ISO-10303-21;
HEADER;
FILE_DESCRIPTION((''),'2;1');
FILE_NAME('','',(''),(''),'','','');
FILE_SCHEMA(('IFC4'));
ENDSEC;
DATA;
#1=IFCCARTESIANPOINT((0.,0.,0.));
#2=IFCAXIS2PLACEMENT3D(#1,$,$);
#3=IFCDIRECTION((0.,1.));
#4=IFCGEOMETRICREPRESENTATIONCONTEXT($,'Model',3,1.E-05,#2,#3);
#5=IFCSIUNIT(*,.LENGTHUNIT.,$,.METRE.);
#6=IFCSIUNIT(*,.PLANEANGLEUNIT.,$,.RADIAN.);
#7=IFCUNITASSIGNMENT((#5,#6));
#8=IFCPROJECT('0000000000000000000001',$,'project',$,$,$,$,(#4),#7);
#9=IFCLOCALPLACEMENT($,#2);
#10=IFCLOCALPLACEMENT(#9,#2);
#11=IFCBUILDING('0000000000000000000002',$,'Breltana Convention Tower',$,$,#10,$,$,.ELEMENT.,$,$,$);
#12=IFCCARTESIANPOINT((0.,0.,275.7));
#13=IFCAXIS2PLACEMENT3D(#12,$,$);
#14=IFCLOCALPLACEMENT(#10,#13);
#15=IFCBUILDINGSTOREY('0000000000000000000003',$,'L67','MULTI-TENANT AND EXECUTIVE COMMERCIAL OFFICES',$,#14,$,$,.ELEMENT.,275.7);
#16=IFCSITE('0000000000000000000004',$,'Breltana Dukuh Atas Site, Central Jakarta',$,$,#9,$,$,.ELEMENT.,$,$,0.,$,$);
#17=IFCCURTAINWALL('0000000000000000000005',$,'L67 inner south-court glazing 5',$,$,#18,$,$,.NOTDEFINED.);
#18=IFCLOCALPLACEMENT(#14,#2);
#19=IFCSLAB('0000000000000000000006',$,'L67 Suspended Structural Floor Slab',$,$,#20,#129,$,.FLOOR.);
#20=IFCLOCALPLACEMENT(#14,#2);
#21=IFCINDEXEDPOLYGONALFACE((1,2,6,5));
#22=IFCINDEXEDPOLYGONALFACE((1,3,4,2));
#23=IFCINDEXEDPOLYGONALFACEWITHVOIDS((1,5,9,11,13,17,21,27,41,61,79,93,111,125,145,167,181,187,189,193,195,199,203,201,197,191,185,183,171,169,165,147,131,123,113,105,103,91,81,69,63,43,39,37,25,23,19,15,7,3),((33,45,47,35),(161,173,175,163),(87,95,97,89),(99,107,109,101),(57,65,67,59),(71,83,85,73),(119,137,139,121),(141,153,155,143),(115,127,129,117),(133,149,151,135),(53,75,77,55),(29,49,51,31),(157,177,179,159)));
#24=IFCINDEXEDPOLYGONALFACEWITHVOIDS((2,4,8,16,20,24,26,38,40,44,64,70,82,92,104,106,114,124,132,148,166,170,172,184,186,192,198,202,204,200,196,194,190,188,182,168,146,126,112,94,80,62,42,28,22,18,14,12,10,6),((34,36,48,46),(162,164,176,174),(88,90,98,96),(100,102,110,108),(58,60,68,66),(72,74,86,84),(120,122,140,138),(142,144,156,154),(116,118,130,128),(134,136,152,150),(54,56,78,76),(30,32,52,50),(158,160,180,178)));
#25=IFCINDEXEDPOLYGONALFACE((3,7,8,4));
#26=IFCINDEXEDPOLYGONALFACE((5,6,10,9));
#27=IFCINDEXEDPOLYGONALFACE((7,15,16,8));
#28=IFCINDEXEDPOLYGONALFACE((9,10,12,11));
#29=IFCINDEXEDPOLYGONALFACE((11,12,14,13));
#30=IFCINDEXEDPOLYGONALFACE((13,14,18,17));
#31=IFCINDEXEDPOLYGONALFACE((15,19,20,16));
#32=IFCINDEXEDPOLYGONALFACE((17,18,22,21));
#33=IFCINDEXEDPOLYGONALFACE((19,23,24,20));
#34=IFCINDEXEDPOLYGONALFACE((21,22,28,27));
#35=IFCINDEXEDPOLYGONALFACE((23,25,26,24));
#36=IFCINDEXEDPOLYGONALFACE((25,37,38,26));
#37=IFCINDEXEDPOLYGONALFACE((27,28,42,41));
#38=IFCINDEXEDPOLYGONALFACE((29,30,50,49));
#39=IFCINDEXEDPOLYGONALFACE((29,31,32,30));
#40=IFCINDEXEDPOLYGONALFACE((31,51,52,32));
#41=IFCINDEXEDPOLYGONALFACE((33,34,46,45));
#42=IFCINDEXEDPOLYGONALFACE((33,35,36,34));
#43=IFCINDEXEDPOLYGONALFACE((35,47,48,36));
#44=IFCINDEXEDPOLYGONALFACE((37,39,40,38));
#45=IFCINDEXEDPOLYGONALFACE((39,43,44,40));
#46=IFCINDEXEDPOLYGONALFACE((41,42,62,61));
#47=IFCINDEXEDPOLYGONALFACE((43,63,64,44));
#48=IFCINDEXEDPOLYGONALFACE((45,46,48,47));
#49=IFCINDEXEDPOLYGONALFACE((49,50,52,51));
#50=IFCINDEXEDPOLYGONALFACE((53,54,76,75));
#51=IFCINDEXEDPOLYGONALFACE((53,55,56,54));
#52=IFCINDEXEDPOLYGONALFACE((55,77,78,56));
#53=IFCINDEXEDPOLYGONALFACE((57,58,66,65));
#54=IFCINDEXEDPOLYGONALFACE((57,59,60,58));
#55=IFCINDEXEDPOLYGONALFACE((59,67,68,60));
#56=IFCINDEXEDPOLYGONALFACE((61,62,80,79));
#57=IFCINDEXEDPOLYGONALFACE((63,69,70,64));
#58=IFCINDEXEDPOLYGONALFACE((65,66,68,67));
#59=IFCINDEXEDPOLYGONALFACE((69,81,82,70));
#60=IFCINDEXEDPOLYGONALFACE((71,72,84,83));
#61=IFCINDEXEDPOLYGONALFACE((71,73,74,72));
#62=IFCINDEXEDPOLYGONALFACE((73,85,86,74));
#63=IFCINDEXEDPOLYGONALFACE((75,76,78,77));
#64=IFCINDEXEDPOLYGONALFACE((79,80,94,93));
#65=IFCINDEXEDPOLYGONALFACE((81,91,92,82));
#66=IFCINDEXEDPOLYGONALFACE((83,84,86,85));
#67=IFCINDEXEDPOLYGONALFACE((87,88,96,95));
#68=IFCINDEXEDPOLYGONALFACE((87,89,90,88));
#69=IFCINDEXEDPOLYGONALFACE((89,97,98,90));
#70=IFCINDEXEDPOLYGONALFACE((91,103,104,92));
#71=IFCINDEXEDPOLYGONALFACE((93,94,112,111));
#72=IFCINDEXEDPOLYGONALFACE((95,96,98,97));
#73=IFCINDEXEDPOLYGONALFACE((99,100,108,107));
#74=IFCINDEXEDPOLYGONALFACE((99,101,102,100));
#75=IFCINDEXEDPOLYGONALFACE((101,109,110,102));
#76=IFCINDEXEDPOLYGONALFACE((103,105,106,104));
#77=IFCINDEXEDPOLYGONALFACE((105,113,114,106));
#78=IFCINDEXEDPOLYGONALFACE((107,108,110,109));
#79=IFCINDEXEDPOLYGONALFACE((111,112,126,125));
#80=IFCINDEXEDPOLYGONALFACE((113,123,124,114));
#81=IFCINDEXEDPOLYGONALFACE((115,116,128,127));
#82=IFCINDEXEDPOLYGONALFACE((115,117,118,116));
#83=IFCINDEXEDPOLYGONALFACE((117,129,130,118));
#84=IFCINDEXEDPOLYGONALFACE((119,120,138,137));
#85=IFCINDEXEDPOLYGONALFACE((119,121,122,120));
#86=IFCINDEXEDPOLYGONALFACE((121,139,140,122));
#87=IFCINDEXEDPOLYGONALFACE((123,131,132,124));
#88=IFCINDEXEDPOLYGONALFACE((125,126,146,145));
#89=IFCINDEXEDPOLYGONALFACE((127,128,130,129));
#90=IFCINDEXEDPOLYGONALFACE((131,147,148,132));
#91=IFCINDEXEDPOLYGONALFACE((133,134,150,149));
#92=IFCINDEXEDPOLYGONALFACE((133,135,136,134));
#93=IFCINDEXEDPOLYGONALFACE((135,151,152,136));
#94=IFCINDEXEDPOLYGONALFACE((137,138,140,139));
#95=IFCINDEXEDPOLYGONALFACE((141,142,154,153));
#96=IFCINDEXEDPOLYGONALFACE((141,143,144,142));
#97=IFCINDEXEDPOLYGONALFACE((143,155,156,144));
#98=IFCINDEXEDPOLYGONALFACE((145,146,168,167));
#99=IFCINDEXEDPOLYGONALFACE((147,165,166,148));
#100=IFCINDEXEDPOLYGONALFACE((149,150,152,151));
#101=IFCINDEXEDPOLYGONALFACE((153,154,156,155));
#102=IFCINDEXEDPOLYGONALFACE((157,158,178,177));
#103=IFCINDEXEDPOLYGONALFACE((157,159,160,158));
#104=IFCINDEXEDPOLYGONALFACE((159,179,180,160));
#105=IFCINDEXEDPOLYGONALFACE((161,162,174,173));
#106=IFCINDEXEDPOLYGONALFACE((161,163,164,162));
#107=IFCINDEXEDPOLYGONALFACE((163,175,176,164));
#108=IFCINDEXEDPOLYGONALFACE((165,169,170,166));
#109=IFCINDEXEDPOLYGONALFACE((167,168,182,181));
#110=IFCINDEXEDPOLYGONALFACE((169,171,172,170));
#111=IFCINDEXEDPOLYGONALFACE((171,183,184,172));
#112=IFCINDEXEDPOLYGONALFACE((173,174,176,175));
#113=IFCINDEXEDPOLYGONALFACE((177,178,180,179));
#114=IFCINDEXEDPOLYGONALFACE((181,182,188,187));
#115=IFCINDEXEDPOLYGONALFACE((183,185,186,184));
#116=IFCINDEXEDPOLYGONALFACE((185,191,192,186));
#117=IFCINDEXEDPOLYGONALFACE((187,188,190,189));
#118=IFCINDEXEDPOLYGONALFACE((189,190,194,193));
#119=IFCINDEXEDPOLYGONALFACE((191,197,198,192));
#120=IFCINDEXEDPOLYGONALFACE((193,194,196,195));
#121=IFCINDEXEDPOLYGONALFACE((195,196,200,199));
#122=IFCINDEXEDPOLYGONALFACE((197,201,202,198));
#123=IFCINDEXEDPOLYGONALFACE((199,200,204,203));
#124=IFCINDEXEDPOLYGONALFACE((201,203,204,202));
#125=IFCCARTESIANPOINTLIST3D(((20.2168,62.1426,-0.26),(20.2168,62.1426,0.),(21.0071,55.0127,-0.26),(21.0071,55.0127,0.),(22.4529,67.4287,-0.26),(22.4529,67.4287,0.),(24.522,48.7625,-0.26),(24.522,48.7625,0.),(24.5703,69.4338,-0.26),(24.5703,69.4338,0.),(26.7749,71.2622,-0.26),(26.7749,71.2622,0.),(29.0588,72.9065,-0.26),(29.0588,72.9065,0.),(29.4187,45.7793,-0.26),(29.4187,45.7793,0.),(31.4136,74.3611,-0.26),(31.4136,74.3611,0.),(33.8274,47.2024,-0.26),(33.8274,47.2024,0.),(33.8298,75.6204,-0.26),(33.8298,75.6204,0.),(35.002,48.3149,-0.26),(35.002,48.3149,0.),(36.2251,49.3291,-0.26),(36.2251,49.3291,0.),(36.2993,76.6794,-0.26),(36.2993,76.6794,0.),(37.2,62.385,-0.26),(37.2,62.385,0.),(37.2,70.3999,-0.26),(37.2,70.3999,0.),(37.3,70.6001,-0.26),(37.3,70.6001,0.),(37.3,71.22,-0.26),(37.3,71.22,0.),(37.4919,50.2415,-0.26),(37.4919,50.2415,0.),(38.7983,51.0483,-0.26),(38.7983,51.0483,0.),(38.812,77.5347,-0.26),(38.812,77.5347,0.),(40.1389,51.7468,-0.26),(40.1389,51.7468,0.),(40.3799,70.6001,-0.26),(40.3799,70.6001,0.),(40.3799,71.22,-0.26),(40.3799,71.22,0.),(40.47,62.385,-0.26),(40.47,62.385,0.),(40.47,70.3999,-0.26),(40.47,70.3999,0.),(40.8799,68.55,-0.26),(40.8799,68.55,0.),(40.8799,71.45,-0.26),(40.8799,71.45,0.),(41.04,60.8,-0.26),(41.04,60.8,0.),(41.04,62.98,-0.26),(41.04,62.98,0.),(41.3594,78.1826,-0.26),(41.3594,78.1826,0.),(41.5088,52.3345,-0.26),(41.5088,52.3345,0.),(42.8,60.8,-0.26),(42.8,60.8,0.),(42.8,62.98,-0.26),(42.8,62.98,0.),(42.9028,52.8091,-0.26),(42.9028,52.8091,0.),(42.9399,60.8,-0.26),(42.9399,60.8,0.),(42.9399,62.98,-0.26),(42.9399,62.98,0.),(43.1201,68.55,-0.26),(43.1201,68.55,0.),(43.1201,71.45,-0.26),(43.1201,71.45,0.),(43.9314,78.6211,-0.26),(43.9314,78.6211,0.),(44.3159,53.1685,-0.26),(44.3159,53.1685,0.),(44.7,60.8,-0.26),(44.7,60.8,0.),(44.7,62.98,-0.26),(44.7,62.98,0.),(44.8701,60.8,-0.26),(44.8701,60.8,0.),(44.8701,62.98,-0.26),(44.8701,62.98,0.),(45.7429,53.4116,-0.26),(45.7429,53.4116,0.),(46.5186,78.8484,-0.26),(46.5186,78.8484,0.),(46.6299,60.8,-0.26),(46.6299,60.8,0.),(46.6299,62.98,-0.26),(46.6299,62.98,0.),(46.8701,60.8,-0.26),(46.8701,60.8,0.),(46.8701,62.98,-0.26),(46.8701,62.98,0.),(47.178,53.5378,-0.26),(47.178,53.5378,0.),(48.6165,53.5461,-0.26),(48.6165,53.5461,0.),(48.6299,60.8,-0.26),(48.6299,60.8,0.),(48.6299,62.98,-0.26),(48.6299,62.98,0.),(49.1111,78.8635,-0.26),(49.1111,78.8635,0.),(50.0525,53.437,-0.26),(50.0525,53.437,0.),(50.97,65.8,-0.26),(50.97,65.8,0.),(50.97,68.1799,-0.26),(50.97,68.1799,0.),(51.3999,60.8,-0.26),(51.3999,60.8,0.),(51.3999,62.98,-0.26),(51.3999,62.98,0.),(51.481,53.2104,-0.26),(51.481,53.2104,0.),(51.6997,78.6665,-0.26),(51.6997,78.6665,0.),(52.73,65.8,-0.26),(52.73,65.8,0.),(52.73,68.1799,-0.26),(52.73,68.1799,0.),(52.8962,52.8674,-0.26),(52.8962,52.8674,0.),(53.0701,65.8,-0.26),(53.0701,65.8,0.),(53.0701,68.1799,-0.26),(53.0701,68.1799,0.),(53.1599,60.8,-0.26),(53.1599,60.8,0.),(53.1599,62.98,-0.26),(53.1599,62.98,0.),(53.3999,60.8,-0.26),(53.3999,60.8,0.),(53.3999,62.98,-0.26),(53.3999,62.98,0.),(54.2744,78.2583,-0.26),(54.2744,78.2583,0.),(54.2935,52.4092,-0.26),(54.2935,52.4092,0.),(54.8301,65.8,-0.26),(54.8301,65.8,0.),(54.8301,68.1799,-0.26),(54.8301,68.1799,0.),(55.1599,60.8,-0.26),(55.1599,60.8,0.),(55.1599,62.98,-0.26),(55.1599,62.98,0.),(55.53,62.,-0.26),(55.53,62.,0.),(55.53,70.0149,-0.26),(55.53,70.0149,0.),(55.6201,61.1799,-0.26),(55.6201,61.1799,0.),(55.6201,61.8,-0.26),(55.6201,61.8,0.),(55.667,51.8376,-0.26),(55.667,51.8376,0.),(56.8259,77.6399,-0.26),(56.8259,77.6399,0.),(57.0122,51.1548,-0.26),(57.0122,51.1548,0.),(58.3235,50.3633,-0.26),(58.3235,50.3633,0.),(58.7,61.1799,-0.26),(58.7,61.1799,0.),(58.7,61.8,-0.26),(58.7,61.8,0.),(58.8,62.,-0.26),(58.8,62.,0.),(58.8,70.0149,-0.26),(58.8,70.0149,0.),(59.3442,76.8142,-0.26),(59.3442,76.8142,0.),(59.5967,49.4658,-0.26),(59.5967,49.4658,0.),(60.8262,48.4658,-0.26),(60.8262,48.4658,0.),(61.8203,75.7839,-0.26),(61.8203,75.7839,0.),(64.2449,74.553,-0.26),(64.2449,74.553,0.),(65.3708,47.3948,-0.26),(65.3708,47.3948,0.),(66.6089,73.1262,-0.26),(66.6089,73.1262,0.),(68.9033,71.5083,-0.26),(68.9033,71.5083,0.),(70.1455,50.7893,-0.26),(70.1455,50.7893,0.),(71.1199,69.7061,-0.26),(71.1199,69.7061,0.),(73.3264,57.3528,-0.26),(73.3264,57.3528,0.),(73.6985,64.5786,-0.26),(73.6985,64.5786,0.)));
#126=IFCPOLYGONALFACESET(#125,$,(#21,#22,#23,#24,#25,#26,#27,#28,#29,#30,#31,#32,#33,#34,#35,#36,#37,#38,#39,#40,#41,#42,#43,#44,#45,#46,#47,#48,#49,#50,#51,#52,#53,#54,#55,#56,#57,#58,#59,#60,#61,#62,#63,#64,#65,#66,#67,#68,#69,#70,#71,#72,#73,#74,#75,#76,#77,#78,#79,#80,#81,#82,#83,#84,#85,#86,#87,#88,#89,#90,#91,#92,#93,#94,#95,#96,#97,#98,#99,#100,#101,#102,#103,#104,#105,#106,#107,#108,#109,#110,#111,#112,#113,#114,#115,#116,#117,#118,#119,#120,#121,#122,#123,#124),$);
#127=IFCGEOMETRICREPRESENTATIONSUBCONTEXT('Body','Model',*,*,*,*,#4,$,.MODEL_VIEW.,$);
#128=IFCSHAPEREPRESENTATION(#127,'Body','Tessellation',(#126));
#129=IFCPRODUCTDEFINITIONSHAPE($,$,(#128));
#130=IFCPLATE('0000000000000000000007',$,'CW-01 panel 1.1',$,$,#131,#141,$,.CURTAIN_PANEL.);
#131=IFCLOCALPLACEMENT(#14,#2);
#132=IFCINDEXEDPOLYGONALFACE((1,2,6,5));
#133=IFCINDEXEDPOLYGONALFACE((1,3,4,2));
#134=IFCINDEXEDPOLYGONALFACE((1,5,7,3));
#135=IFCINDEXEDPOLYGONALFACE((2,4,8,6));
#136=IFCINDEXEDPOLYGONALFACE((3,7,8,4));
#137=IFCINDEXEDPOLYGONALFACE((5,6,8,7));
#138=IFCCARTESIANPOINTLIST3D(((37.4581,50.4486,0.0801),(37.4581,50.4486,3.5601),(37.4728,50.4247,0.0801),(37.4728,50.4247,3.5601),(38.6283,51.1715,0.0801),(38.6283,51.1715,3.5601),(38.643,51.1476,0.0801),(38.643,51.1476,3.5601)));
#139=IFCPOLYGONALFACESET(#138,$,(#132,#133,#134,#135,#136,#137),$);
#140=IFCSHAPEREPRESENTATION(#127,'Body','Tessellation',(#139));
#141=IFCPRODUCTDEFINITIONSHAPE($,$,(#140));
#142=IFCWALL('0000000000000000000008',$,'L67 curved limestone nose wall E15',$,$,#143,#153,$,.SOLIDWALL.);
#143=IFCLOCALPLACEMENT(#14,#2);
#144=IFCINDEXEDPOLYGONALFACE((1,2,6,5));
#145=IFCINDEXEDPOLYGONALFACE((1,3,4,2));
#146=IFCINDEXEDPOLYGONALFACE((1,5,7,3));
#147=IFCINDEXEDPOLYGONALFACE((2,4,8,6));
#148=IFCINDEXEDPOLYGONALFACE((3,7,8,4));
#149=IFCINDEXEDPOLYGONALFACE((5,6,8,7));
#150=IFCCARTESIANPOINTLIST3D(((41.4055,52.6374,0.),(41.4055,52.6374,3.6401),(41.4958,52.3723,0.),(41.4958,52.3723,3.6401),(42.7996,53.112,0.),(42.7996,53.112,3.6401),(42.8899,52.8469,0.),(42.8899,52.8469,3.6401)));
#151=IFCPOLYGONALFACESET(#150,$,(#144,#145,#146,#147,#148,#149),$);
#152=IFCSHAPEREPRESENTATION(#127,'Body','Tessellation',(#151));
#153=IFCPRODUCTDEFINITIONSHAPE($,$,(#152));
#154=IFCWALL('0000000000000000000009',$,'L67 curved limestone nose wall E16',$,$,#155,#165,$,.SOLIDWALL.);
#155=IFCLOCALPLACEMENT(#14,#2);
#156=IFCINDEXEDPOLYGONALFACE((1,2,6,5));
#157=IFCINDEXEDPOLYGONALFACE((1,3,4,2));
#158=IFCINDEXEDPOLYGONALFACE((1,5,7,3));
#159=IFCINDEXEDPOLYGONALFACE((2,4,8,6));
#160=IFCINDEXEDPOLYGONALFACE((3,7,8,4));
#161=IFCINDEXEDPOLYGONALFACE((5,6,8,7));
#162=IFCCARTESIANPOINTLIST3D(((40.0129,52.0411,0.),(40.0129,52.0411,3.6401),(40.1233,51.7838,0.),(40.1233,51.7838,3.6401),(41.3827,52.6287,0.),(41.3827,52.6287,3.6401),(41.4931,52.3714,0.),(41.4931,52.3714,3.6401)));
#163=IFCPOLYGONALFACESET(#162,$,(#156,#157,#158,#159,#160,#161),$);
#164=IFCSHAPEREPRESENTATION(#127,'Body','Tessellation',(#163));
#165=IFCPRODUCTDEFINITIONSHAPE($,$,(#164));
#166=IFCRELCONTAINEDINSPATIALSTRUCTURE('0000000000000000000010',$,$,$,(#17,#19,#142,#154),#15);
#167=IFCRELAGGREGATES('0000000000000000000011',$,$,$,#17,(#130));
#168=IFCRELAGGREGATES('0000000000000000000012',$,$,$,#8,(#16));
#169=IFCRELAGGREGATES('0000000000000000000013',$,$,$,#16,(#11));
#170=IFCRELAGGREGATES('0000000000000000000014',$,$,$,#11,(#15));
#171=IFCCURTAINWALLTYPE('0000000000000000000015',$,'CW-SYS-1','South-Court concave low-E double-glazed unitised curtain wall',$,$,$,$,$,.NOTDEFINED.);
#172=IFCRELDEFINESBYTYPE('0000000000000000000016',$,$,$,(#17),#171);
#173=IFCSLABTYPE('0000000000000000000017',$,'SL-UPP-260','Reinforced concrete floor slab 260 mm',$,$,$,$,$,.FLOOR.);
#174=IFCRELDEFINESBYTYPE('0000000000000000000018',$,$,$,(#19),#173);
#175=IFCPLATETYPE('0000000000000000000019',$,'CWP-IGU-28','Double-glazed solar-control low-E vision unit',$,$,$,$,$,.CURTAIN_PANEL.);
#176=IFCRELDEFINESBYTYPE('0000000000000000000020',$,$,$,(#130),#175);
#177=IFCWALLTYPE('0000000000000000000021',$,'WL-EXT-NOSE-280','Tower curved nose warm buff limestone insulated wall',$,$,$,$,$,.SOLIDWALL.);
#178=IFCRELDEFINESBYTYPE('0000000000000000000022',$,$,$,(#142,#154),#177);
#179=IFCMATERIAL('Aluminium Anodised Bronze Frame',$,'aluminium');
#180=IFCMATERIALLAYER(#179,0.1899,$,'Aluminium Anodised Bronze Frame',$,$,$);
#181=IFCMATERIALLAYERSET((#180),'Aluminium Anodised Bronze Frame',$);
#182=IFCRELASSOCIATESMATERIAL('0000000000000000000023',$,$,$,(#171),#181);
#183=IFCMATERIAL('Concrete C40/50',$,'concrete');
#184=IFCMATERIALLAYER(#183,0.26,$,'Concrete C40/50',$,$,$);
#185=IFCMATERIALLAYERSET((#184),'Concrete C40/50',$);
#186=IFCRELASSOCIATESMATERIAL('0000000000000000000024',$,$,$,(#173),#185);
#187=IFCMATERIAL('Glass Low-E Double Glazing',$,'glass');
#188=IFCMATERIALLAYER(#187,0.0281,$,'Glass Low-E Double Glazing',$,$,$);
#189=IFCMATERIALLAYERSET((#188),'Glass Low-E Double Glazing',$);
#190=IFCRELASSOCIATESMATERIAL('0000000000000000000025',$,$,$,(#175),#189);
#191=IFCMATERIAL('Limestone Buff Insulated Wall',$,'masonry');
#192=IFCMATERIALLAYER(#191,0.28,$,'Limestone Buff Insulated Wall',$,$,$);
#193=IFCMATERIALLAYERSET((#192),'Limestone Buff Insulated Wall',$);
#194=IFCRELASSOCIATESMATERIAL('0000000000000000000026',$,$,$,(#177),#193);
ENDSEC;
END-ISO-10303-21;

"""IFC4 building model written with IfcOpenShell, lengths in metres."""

from ifc_helpers import new_model, si_unit, direction, frame, frame_2d, origin, origin_2d, place, context, subcontext, project, spatial, polyline, rectangle, outline, extrude, source, transform, mapped, material, layer, layer_set, type_object, element, aggregate, save


model = new_model("IFC4")

# Units and contexts
model_context = context("Model", 3, precision=1e-05, world=origin(), true_north=direction((0.0, 1.0)))
body_context = subcontext(model_context, "Body", "Model", "MODEL_VIEW")
ifc_project = project(units=[si_unit("LENGTHUNIT", "METRE"), si_unit("PLANEANGLEUNIT", "RADIAN")], contexts=[model_context])

# Site, building, storey
site_placement = place(None, origin())
site = spatial("IfcSite", under=ifc_project, at=site_placement, Name="Breltana Dukuh Atas Site, Central Jakarta", CompositionType="ELEMENT", RefElevation=0.0)
building_placement = place(site_placement, origin())
building = spatial("IfcBuilding", under=site, at=building_placement, Name="Breltana Convention Tower", CompositionType="ELEMENT")
storey_placement = place(building_placement, frame((0.0, 0.0, 275.7)))
storey = spatial("IfcBuildingStorey", under=building, at=storey_placement, Name="L67", Description="MULTI-TENANT AND EXECUTIVE COMMERCIAL OFFICES", CompositionType="ELEMENT", Elevation=275.7)

# Curtain wall
ifc_material_1 = material(Name="Aluminium Anodised Bronze Frame", Category="aluminium")
ifc_layer_1 = layer(ifc_material_1, 0.1899, Name="Aluminium Anodised Bronze Frame")
ifc_layer_set_1 = layer_set([ifc_layer_1], Name="Aluminium Anodised Bronze Frame")
curtain_wall_type = type_object("IfcCurtainWallType", Name="CW-SYS-1", Description="South-Court concave low-E double-glazed unitised curtain wall", PredefinedType="NOTDEFINED", material=ifc_layer_set_1)
curtain_wall_placement = place(storey_placement, origin())
curtain_wall = element("IfcCurtainWall", 1, at=curtain_wall_placement, inside=storey, type_object=curtain_wall_type, Name="L67 inner south-court glazing 5", PredefinedType="NOTDEFINED")

# Shared definitions
ifc_material_2 = material(Name="Concrete C40/50", Category="concrete")

# Slab
ifc_layer_2 = layer(ifc_material_2, 0.26, Name="Concrete C40/50")
ifc_layer_set_2 = layer_set([ifc_layer_2], Name="Concrete C40/50")
slab_type_1 = type_object("IfcSlabType", Name="SL-UPP-260", Description="Reinforced concrete floor slab 260 mm", PredefinedType="FLOOR", material=ifc_layer_set_2)
slab_1_placement = place(storey_placement, frame((0.0, 0.0, -0.26)))
element("IfcSlab", 2, at=slab_1_placement, inside=storey, type_object=slab_type_1, Name="L67 Suspended Structural Floor Slab", PredefinedType="FLOOR", context=body_context, shape_type="SweptSolid", body=[
    extrude(outline(polyline([(71.1199, 69.7061), (68.9033, 71.5083), (66.6089, 73.1262), (64.2449, 74.553), (61.8203, 75.7839), (59.3442, 76.8142), (56.8259, 77.6399), (54.2744, 78.2583), (51.6997, 78.6665), (49.1111, 78.8635), (46.5186, 78.8484), (43.9314, 78.6211), (41.3594, 78.1826), (38.812, 77.5347), (36.2993, 76.6794), (33.8298, 75.6204), (31.4136, 74.3611), (29.0588, 72.9065), (26.7749, 71.2622), (24.5703, 69.4338), (22.4529, 67.4287), (20.2168, 62.1426), (21.0071, 55.0127), (24.522, 48.7625), (29.4187, 45.7793), (33.8274, 47.2024), (35.002, 48.3149), (36.2251, 49.3291), (37.4919, 50.2415), (38.7983, 51.0483), (40.1389, 51.7468), (41.5088, 52.3345), (42.9028, 52.8091), (44.3159, 53.1685), (45.7429, 53.4116), (47.178, 53.5378), (48.6165, 53.5461), (50.0525, 53.437), (51.481, 53.2104), (52.8962, 52.8674), (54.2935, 52.4092), (55.667, 51.8376), (57.0122, 51.1548), (58.3235, 50.3633), (59.5967, 49.4658), (60.8262, 48.4658), (65.3708, 47.3948), (70.1455, 50.7893), (73.3264, 57.3528), (73.6985, 64.5786), (71.1199, 69.7061)]), holes=[polyline([(37.2, 62.385), (40.47, 62.385), (40.47, 70.3999), (37.2, 70.3999), (37.2, 62.385)]), polyline([(55.53, 62.0), (58.8, 62.0), (58.8, 70.0149), (55.53, 70.0149), (55.53, 62.0)]), polyline([(41.04, 60.8), (42.8, 60.8), (42.8, 62.98), (41.04, 62.98), (41.04, 60.8)]), polyline([(42.9399, 60.8), (44.7, 60.8), (44.7, 62.98), (42.9399, 62.98), (42.9399, 60.8)]), polyline([(44.8701, 60.8), (46.6299, 60.8), (46.6299, 62.98), (44.8701, 62.98), (44.8701, 60.8)]), polyline([(46.8701, 60.8), (48.6299, 60.8), (48.6299, 62.98), (46.8701, 62.98), (46.8701, 60.8)]), polyline([(51.3999, 60.8), (53.1599, 60.8), (53.1599, 62.98), (51.3999, 62.98), (51.3999, 60.8)]), polyline([(53.3999, 60.8), (55.1599, 60.8), (55.1599, 62.98), (53.3999, 62.98), (53.3999, 60.8)]), polyline([(50.97, 65.8), (52.73, 65.8), (52.73, 68.1799), (50.97, 68.1799), (50.97, 65.8)]), polyline([(53.0701, 65.8), (54.8301, 65.8), (54.8301, 68.1799), (53.0701, 68.1799), (53.0701, 65.8)]), polyline([(40.8799, 68.55), (43.1201, 68.55), (43.1201, 71.45), (40.8799, 71.45), (40.8799, 68.55)]), polyline([(37.3, 70.6001), (40.3799, 70.6001), (40.3799, 71.22), (37.3, 71.22), (37.3, 70.6001)]), polyline([(55.6201, 61.1799), (58.7, 61.1799), (58.7, 61.8), (55.6201, 61.8), (55.6201, 61.1799)])]), origin(), (0.0, 0.0, 1.0), 0.26),
])

# Plate
ifc_material_3 = material(Name="Glass Low-E Double Glazing", Category="glass")
ifc_layer_3 = layer(ifc_material_3, 0.0281, Name="Glass Low-E Double Glazing")
ifc_layer_set_3 = layer_set([ifc_layer_3], Name="Glass Low-E Double Glazing")
plate_type = type_object("IfcPlateType", Name="CWP-IGU-28", Description="Double-glazed solar-control low-E vision unit", PredefinedType="CURTAIN_PANEL", material=ifc_layer_set_3)
shared_shape_1 = source(origin(), body_context, "Body", "SweptSolid", [
    extrude(rectangle(XDim=1.3755, YDim=0.0281, at=origin_2d()), origin(), (0.0, 0.0, 1.0), 3.48),
])
plate_placement = place(storey_placement, frame((38.0505, 50.7981, 0.0801), z_axis=(0.0, 0.0, 1.0), x_axis=(-0.850749, -0.525572, 0.0)))
plate = element("IfcPlate", 3, at=plate_placement, type_object=plate_type, Name="CW-01 panel 1.1", PredefinedType="CURTAIN_PANEL", context=body_context, shape_type="MappedRepresentation", body=[
    mapped(shared_shape_1, transform((0.0, 0.0, 0.0), scale=1.0)),
])
aggregate(curtain_wall, [plate])

# Walls
ifc_material_4 = material(Name="Limestone Buff Insulated Wall", Category="masonry")
ifc_layer_4 = layer(ifc_material_4, 0.28, Name="Limestone Buff Insulated Wall")
ifc_layer_set_4 = layer_set([ifc_layer_4], Name="Limestone Buff Insulated Wall")
wall_type_1 = type_object("IfcWallType", Name="WL-EXT-NOSE-280", Description="Tower curved nose warm buff limestone insulated wall", PredefinedType="SOLIDWALL", material=ifc_layer_set_4)
shared_shape_2 = source(origin(), body_context, "Body", "SweptSolid", [
    extrude(rectangle(XDim=1.4727, YDim=0.28, at=frame_2d((0.7363, 0.0))), origin(), (0.0, 0.0, 1.0), 3.6401),
])
wall_1_placement = place(storey_placement, frame((42.8447, 52.9795, 0.0), z_axis=(0.0, 0.0, 1.0), x_axis=(-0.946641, -0.322289, 0.0)))
element("IfcWall", 4, at=wall_1_placement, inside=storey, type_object=wall_type_1, Name="L67 curved limestone nose wall E15", PredefinedType="SOLIDWALL", context=body_context, shape_type="MappedRepresentation", body=[
    mapped(shared_shape_2, transform((0.0, 0.0, 0.0), scale=1.0)),
])
shared_shape_3 = source(origin(), body_context, "Body", "SweptSolid", [
    extrude(rectangle(XDim=1.4905, YDim=0.28, at=frame_2d((0.7451, 0.0))), origin(), (0.0, 0.0, 1.0), 3.6401),
])
wall_2_placement = place(storey_placement, frame((41.4377, 52.5, 0.0), z_axis=(0.0, 0.0, 1.0), x_axis=(-0.919009, -0.394236, 0.0)))
element("IfcWall", 5, at=wall_2_placement, inside=storey, type_object=wall_type_1, Name="L67 curved limestone nose wall E16", PredefinedType="SOLIDWALL", context=body_context, shape_type="MappedRepresentation", body=[
    mapped(shared_shape_3, transform((0.0, 0.0, 0.0), scale=1.0)),
])

save(model, "model.ifc")
